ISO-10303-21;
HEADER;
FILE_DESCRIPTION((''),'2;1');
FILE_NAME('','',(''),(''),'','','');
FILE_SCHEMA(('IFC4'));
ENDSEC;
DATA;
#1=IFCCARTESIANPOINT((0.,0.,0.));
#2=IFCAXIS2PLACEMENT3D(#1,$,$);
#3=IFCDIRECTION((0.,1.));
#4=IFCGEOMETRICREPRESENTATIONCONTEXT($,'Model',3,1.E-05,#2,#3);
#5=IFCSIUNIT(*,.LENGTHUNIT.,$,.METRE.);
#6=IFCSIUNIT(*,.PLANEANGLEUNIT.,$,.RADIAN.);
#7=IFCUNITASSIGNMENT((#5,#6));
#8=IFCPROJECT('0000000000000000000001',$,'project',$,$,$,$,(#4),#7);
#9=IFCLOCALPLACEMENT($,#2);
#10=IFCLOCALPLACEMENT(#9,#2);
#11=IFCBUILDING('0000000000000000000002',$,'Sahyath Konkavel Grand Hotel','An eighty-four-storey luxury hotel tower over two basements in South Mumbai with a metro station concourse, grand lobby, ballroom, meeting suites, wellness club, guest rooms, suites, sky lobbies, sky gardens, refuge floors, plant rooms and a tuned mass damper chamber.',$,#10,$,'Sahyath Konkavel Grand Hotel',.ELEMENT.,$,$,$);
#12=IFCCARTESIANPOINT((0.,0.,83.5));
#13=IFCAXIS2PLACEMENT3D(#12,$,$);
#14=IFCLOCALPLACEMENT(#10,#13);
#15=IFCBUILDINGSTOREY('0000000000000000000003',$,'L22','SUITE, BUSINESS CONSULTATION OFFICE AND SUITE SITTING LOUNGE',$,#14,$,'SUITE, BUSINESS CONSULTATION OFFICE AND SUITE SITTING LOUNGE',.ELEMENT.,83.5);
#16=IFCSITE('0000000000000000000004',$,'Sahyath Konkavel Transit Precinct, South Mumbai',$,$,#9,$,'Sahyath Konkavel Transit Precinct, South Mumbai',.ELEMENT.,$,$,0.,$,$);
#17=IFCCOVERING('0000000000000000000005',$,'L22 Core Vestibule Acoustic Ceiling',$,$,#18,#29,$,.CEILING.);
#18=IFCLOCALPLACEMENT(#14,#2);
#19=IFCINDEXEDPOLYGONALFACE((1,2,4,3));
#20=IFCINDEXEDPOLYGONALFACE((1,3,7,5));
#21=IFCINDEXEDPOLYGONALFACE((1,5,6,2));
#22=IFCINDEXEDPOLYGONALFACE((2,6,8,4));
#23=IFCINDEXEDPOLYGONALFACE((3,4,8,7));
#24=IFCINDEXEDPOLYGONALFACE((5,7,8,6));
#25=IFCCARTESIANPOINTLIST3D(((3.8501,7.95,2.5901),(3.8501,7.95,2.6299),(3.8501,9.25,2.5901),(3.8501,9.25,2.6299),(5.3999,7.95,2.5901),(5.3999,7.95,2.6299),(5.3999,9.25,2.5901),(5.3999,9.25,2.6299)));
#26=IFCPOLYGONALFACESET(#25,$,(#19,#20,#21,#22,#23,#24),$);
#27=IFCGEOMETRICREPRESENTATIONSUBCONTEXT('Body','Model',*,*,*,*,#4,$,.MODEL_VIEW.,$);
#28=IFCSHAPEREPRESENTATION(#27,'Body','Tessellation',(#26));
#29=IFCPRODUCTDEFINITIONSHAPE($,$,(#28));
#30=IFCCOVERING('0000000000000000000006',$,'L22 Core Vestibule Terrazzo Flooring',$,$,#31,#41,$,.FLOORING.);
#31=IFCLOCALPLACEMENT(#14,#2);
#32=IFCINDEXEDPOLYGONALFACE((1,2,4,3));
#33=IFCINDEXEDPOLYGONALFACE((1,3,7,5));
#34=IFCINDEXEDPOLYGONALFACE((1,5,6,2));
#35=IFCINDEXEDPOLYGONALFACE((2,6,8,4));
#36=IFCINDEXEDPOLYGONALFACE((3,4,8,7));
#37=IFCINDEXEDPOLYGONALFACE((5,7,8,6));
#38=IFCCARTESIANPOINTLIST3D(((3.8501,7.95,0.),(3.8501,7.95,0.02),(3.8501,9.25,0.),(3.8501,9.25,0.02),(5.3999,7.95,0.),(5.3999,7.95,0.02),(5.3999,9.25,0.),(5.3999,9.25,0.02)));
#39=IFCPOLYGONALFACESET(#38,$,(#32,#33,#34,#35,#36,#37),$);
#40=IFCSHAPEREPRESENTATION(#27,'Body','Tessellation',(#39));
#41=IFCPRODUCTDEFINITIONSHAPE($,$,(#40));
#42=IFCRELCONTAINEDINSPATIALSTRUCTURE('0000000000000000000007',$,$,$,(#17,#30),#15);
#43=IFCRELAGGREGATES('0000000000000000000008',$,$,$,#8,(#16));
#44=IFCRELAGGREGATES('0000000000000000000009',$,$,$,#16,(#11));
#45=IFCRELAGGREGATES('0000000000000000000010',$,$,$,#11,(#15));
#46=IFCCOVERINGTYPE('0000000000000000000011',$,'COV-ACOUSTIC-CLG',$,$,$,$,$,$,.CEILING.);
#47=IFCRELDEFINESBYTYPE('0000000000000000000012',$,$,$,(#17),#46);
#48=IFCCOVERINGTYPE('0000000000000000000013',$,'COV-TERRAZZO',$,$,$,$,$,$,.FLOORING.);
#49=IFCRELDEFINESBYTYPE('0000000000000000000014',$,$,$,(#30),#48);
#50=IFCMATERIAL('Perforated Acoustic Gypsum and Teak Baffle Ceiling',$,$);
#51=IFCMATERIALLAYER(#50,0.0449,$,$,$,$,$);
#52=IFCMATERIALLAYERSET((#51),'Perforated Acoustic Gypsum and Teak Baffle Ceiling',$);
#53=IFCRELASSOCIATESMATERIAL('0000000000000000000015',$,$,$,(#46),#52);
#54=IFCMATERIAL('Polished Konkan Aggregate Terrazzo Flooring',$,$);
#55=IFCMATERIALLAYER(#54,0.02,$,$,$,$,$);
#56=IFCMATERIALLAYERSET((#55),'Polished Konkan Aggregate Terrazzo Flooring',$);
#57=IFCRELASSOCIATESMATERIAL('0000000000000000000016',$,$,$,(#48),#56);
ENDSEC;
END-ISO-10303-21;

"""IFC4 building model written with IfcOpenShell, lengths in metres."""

from ifc_helpers import new_model, si_unit, direction, frame, origin, place, context, subcontext, project, spatial, polyline, outline, extrude, material, layer, layer_set, type_object, element, save


model = new_model("IFC4")

# Units and contexts
model_context = context("Model", 3, precision=1e-05, world=origin(), true_north=direction((0.0, 1.0)))
body_context = subcontext(model_context, "Body", "Model", "MODEL_VIEW")
ifc_project = project(units=[si_unit("LENGTHUNIT", "METRE"), si_unit("PLANEANGLEUNIT", "RADIAN")], contexts=[model_context])

# Site, building, storey
site_placement = place(None, origin())
site = spatial("IfcSite", under=ifc_project, at=site_placement, Name="Sahyath Konkavel Transit Precinct, South Mumbai", LongName="Sahyath Konkavel Transit Precinct, South Mumbai", CompositionType="ELEMENT", RefElevation=0.0)
building_placement = place(site_placement, origin())
building = spatial("IfcBuilding", under=site, at=building_placement, Name="Sahyath Konkavel Grand Hotel", Description="An eighty-four-storey luxury hotel tower over two basements in South Mumbai with a metro station concourse, grand lobby, ballroom, meeting suites, wellness club, guest rooms, suites, sky lobbies, sky gardens, refuge floors, plant rooms and a tuned mass damper chamber.", LongName="Sahyath Konkavel Grand Hotel", CompositionType="ELEMENT")
storey_placement = place(building_placement, frame((0.0, 0.0, 83.5)))
storey = spatial("IfcBuildingStorey", under=building, at=storey_placement, Name="L22", Description="SUITE, BUSINESS CONSULTATION OFFICE AND SUITE SITTING LOUNGE", LongName="SUITE, BUSINESS CONSULTATION OFFICE AND SUITE SITTING LOUNGE", CompositionType="ELEMENT", Elevation=83.5)

# Coverings
ifc_material_1 = material(Name="Perforated Acoustic Gypsum and Teak Baffle Ceiling")
ifc_layer_1 = layer(ifc_material_1, 0.0449)
ifc_layer_set_1 = layer_set([ifc_layer_1], Name="Perforated Acoustic Gypsum and Teak Baffle Ceiling")
covering_type_1 = type_object("IfcCoveringType", Name="COV-ACOUSTIC-CLG", PredefinedType="CEILING", material=ifc_layer_set_1)
covering_1_placement = place(storey_placement, frame((0.0, 0.0, 2.5901)))
element("IfcCovering", 1, at=covering_1_placement, inside=storey, type_object=covering_type_1, Name="L22 Core Vestibule Acoustic Ceiling", PredefinedType="CEILING", context=body_context, shape_type="SweptSolid", body=[
    extrude(outline(polyline([(3.8501, 7.95), (5.3999, 7.95), (5.3999, 9.25), (3.8501, 9.25), (3.8501, 7.95)])), origin(), (0.0, 0.0, 1.0), 0.0398),
])
ifc_material_2 = material(Name="Polished Konkan Aggregate Terrazzo Flooring")
ifc_layer_2 = layer(ifc_material_2, 0.02)
ifc_layer_set_2 = layer_set([ifc_layer_2], Name="Polished Konkan Aggregate Terrazzo Flooring")
covering_type_2 = type_object("IfcCoveringType", Name="COV-TERRAZZO", PredefinedType="FLOORING", material=ifc_layer_set_2)
covering_2_placement = place(storey_placement, origin())
element("IfcCovering", 2, at=covering_2_placement, inside=storey, type_object=covering_type_2, Name="L22 Core Vestibule Terrazzo Flooring", PredefinedType="FLOORING", context=body_context, shape_type="SweptSolid", body=[
    extrude(outline(polyline([(3.8501, 7.95), (5.3999, 7.95), (5.3999, 9.25), (3.8501, 9.25), (3.8501, 7.95)])), origin(), (0.0, 0.0, 1.0), 0.02),
])

save(model, "model.ifc")
